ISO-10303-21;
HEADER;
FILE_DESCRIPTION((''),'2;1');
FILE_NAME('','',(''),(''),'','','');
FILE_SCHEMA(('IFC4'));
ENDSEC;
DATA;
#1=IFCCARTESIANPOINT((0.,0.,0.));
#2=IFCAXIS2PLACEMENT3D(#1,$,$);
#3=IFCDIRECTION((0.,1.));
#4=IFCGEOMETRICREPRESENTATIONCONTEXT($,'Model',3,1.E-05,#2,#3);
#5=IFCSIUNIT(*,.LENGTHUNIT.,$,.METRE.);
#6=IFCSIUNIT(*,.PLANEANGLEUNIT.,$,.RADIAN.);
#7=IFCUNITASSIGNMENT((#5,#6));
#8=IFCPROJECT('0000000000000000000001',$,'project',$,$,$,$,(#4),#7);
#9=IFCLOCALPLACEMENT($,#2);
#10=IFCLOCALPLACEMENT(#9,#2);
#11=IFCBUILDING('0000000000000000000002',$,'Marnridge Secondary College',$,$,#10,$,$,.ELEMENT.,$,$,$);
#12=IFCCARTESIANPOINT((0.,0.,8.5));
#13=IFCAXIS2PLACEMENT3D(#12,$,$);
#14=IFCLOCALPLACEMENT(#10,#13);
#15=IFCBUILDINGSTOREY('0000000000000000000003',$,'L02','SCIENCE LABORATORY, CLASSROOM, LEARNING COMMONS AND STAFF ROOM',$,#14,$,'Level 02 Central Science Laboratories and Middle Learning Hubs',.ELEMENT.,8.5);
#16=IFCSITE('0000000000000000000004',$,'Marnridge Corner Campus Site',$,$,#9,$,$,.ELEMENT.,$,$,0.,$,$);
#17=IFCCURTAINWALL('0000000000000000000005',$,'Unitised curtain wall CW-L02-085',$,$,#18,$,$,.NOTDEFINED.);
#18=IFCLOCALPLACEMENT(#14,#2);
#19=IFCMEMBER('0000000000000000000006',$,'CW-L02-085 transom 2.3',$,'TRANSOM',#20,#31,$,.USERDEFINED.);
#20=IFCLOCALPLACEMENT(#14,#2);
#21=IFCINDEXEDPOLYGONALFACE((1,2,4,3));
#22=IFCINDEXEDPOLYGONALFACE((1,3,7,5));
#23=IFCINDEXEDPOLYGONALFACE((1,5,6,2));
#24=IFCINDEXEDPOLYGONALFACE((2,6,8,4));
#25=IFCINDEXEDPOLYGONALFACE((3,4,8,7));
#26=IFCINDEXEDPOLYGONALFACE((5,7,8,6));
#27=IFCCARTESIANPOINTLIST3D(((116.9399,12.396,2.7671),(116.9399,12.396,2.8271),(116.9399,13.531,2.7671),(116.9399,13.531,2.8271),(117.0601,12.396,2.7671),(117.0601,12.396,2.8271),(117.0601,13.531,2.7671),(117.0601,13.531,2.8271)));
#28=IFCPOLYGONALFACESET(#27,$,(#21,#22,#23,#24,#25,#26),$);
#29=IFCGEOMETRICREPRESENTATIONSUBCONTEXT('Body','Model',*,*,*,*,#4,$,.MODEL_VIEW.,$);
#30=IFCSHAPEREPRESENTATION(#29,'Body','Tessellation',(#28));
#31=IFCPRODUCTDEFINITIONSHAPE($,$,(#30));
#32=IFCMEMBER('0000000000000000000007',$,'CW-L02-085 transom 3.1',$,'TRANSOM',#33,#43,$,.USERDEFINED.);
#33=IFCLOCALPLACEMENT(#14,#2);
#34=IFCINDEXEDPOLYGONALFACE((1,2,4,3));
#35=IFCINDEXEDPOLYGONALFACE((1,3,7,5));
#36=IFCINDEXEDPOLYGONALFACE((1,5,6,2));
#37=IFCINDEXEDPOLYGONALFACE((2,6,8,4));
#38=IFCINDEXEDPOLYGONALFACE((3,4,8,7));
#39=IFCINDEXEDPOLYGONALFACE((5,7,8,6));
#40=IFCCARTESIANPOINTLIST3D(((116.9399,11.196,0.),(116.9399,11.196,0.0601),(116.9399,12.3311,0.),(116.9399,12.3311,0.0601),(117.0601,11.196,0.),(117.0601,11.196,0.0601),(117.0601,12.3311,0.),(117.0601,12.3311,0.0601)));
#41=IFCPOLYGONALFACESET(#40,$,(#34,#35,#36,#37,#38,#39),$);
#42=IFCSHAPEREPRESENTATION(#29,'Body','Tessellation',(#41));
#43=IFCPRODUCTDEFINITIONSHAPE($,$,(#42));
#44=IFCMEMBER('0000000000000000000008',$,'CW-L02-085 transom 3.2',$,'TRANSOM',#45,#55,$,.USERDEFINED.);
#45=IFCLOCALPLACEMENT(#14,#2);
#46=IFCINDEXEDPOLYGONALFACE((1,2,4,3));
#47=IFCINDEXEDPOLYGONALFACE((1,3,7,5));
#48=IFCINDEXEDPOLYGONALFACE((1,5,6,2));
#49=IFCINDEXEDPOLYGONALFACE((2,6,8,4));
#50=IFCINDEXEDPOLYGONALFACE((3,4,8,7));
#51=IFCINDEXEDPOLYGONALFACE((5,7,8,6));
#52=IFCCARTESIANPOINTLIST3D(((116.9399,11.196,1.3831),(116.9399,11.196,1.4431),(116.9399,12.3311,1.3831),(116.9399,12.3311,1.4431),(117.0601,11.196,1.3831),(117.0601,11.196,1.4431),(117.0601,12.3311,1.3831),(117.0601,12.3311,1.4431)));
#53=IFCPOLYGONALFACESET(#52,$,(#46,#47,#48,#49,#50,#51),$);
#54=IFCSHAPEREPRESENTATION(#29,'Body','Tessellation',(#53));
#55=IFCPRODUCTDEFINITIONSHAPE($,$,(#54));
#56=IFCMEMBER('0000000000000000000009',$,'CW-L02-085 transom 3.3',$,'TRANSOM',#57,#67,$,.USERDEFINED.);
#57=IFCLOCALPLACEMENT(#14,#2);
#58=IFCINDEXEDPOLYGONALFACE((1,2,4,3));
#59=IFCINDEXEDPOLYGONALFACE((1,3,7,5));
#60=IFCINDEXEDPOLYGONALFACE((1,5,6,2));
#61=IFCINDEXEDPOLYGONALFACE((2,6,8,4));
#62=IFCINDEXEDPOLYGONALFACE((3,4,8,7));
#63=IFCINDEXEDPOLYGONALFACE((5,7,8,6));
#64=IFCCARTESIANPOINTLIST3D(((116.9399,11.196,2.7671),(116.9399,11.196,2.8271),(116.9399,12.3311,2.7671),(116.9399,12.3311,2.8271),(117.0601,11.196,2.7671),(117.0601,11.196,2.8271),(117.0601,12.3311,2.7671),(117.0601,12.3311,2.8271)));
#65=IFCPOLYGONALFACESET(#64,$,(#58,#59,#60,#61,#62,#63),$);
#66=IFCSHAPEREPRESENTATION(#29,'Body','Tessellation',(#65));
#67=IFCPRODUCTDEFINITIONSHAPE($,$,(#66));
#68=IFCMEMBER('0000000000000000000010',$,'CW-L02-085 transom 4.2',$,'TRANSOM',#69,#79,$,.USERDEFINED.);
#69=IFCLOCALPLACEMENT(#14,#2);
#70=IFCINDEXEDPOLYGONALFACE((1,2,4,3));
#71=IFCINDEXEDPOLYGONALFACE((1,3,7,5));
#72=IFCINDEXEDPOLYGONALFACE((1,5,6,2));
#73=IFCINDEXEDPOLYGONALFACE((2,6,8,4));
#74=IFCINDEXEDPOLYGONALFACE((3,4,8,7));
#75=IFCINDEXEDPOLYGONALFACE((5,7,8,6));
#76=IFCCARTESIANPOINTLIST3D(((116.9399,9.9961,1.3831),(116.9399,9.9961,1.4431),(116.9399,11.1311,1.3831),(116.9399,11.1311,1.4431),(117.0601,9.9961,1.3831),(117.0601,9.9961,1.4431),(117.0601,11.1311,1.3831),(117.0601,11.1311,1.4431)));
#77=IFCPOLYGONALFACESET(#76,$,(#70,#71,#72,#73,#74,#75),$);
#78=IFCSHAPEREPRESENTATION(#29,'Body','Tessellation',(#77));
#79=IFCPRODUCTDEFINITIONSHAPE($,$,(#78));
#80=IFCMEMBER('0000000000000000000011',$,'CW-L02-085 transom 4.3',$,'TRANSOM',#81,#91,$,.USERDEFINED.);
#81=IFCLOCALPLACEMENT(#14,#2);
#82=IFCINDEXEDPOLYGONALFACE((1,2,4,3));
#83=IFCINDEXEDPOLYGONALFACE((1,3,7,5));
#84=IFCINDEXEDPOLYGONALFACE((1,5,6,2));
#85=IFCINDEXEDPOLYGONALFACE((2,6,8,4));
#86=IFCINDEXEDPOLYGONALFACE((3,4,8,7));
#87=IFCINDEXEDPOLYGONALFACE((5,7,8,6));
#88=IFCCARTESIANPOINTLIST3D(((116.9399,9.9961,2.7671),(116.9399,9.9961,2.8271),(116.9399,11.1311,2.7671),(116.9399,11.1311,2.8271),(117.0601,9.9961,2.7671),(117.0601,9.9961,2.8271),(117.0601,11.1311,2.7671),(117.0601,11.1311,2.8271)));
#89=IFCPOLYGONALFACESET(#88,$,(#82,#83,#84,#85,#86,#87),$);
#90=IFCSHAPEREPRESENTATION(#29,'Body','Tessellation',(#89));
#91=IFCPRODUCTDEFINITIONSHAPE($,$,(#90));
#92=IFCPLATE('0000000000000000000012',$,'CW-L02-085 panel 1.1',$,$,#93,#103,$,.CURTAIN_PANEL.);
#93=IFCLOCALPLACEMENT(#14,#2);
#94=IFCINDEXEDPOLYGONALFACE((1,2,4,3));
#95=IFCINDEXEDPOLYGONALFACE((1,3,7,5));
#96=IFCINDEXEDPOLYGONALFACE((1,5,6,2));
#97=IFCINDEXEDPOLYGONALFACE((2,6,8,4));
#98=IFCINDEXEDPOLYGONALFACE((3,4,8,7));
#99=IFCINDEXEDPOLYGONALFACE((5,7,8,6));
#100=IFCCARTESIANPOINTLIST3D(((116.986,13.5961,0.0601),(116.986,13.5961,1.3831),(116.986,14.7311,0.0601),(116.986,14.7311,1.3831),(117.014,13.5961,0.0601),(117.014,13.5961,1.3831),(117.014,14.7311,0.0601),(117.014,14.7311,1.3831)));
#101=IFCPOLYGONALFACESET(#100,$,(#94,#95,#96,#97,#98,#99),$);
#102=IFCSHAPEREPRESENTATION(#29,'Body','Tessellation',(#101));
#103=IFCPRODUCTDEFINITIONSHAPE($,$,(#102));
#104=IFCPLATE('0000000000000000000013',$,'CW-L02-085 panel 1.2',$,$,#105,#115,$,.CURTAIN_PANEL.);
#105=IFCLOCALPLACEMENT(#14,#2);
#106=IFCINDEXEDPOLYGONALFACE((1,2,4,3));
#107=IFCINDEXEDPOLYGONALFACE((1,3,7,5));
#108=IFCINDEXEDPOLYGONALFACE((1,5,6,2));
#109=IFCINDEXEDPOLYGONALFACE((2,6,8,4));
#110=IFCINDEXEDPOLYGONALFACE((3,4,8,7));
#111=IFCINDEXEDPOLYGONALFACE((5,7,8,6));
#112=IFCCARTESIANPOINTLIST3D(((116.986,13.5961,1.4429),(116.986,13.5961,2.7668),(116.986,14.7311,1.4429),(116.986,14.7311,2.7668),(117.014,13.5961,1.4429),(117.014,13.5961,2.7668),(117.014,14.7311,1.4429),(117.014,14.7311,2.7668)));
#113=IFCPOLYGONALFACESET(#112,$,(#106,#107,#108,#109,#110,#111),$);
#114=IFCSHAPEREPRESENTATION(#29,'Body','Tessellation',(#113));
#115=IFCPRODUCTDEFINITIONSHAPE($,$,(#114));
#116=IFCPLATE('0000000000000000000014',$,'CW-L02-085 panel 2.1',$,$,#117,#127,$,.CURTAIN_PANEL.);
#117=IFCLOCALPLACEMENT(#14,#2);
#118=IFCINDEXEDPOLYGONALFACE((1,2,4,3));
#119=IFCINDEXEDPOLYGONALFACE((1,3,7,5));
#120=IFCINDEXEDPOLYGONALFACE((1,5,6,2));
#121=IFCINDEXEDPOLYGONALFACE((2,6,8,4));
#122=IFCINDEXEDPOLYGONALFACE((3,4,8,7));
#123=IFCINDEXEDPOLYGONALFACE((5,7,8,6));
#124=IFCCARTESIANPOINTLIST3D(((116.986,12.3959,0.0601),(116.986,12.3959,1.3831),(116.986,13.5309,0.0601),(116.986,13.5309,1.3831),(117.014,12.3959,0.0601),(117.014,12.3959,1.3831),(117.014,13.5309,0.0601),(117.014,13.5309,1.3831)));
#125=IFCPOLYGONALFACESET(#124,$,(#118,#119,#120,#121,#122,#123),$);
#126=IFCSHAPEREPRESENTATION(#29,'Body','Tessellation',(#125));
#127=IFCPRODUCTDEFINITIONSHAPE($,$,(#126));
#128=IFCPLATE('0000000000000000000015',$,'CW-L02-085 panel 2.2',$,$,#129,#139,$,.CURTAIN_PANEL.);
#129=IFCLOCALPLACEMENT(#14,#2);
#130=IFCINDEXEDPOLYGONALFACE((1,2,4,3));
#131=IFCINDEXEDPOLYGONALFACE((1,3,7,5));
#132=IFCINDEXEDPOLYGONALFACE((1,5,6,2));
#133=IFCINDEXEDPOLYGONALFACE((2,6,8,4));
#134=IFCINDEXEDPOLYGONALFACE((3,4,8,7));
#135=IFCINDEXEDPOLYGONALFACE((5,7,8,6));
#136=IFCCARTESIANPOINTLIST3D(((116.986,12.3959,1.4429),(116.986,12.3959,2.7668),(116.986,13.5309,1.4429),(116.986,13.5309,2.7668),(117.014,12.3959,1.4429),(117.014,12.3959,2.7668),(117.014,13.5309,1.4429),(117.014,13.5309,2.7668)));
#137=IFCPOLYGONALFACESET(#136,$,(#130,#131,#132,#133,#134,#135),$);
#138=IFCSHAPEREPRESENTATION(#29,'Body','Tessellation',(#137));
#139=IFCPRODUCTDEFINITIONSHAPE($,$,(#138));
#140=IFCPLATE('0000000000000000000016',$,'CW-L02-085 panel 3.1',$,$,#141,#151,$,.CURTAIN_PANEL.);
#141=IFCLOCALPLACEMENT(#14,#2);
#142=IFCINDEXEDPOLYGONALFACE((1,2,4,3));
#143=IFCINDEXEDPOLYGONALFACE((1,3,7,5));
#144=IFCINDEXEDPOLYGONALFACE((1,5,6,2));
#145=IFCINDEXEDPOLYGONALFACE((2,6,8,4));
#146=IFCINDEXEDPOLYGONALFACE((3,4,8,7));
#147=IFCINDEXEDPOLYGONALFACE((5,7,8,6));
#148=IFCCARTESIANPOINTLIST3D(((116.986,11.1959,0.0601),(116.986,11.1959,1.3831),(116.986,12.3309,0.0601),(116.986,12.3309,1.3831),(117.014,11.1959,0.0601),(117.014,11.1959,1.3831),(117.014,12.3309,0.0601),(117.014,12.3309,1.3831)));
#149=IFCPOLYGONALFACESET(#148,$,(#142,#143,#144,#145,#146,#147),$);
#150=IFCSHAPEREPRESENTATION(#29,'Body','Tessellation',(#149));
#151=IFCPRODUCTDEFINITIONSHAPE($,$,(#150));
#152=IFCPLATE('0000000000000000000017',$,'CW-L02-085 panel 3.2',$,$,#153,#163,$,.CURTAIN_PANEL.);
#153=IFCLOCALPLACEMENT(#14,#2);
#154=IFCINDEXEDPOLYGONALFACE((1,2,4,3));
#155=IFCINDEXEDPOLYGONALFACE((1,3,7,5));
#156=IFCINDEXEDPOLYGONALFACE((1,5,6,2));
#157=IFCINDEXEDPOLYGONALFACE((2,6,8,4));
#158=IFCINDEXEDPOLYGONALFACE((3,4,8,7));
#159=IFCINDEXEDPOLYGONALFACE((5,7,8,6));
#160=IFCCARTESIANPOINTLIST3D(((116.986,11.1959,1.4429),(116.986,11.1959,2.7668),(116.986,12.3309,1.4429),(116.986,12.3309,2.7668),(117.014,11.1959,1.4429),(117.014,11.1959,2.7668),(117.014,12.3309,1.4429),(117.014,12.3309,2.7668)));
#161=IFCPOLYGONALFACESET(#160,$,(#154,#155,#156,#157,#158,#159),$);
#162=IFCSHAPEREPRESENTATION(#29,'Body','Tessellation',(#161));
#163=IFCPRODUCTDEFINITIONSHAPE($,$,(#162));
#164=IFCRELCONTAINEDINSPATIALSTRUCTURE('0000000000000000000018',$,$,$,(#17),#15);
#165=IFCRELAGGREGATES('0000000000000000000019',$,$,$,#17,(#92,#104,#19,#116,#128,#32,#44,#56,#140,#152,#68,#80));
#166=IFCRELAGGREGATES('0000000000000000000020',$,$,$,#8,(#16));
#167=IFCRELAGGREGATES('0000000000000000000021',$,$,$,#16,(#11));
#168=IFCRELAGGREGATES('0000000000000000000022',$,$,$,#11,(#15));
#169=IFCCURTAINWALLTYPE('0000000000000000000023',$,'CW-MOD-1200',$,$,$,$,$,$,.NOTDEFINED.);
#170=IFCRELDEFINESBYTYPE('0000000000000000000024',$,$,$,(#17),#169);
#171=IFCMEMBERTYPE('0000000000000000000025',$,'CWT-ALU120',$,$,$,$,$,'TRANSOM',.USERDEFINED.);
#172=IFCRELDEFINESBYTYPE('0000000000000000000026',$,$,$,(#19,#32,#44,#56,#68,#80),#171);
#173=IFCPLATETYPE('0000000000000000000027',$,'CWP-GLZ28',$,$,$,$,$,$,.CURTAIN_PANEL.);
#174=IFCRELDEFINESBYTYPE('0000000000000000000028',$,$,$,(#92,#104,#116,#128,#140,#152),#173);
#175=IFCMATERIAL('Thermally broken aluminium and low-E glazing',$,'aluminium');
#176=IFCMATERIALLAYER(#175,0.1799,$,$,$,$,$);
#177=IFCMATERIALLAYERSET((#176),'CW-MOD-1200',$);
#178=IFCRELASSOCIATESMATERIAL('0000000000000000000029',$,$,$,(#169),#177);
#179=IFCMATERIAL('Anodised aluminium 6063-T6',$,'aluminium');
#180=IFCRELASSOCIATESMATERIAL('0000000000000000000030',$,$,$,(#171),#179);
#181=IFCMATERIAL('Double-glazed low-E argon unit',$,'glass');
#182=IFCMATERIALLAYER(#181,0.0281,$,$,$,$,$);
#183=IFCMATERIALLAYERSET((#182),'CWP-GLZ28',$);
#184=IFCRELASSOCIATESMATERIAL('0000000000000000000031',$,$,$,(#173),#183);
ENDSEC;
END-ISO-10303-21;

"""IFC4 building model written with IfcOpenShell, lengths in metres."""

from ifc_helpers import new_model, si_unit, direction, frame, origin, origin_2d, place, context, subcontext, project, spatial, rectangle, extrude, material, layer, layer_set, material_profile, profile_set, type_object, element, aggregate, save


model = new_model("IFC4")

# Units and contexts
model_context = context("Model", 3, precision=1e-05, world=origin(), true_north=direction((0.0, 1.0)))
body_context = subcontext(model_context, "Body", "Model", "MODEL_VIEW")
ifc_project = project(units=[si_unit("LENGTHUNIT", "METRE"), si_unit("PLANEANGLEUNIT", "RADIAN")], contexts=[model_context])

# Site, building, storey
site_placement = place(None, origin())
site = spatial("IfcSite", under=ifc_project, at=site_placement, Name="Marnridge Corner Campus Site", CompositionType="ELEMENT", RefElevation=0.0)
building_placement = place(site_placement, origin())
building = spatial("IfcBuilding", under=site, at=building_placement, Name="Marnridge Secondary College", CompositionType="ELEMENT")
storey_placement = place(building_placement, frame((0.0, 0.0, 8.5)))
storey = spatial("IfcBuildingStorey", under=building, at=storey_placement, Name="L02", Description="SCIENCE LABORATORY, CLASSROOM, LEARNING COMMONS AND STAFF ROOM", LongName="Level 02 Central Science Laboratories and Middle Learning Hubs", CompositionType="ELEMENT", Elevation=8.5)

# Curtain wall, members, plates
ifc_material_1 = material(Name="Thermally broken aluminium and low-E glazing", Category="aluminium")
ifc_layer_1 = layer(ifc_material_1, 0.1799)
ifc_layer_set_1 = layer_set([ifc_layer_1], Name="CW-MOD-1200")
curtain_wall_type = type_object("IfcCurtainWallType", Name="CW-MOD-1200", PredefinedType="NOTDEFINED", material=ifc_layer_set_1)
curtain_wall_placement = place(storey_placement, origin())
curtain_wall = element("IfcCurtainWall", 1, at=curtain_wall_placement, inside=storey, type_object=curtain_wall_type, Name="Unitised curtain wall CW-L02-085", PredefinedType="NOTDEFINED")
ifc_material_2 = material(Name="Anodised aluminium 6063-T6", Category="aluminium")
ifc_material_profile_1 = material_profile(ifc_material_2, rectangle(XDim=0.0601, YDim=0.1201, at=origin_2d()), Name="ALU 60x120")
ifc_profile_set_1 = profile_set([ifc_material_profile_1], Name="Anodised aluminium 6063-T6")
member_type_1 = type_object("IfcMemberType", Name="CWT-ALU120", ElementType="TRANSOM", PredefinedType="USERDEFINED", material=ifc_profile_set_1)
member_1_placement = place(storey_placement, frame((117.0, 13.531, 2.7971), z_axis=(0.0, -1.0, 0.0), x_axis=(0.0, 0.0, 1.0)))
member_1 = element("IfcMember", 2, at=member_1_placement, type_object=member_type_1, Name="CW-L02-085 transom 2.3", ObjectType="TRANSOM", PredefinedType="USERDEFINED", context=body_context, shape_type="SweptSolid", body=[
    extrude(rectangle(XDim=0.0601, YDim=0.1201, at=origin_2d()), origin(), (0.0, 0.0, 1.0), 1.135),
])
member_2_placement = place(storey_placement, frame((117.0, 12.3311, 0.03), z_axis=(0.0, -1.0, 0.0), x_axis=(0.0, 0.0, 1.0)))
member_2 = element("IfcMember", 3, at=member_2_placement, type_object=member_type_1, Name="CW-L02-085 transom 3.1", ObjectType="TRANSOM", PredefinedType="USERDEFINED", context=body_context, shape_type="SweptSolid", body=[
    extrude(rectangle(XDim=0.0601, YDim=0.1201, at=origin_2d()), origin(), (0.0, 0.0, 1.0), 1.135),
])
member_3_placement = place(storey_placement, frame((117.0, 12.3311, 1.4131), z_axis=(0.0, -1.0, 0.0), x_axis=(0.0, 0.0, 1.0)))
member_3 = element("IfcMember", 4, at=member_3_placement, type_object=member_type_1, Name="CW-L02-085 transom 3.2", ObjectType="TRANSOM", PredefinedType="USERDEFINED", context=body_context, shape_type="SweptSolid", body=[
    extrude(rectangle(XDim=0.0601, YDim=0.1201, at=origin_2d()), origin(), (0.0, 0.0, 1.0), 1.135),
])
member_4_placement = place(storey_placement, frame((117.0, 12.3311, 2.7971), z_axis=(0.0, -1.0, 0.0), x_axis=(0.0, 0.0, 1.0)))
member_4 = element("IfcMember", 5, at=member_4_placement, type_object=member_type_1, Name="CW-L02-085 transom 3.3", ObjectType="TRANSOM", PredefinedType="USERDEFINED", context=body_context, shape_type="SweptSolid", body=[
    extrude(rectangle(XDim=0.0601, YDim=0.1201, at=origin_2d()), origin(), (0.0, 0.0, 1.0), 1.135),
])
member_5_placement = place(storey_placement, frame((117.0, 11.1311, 1.4131), z_axis=(0.0, -1.0, 0.0), x_axis=(0.0, 0.0, 1.0)))
member_5 = element("IfcMember", 6, at=member_5_placement, type_object=member_type_1, Name="CW-L02-085 transom 4.2", ObjectType="TRANSOM", PredefinedType="USERDEFINED", context=body_context, shape_type="SweptSolid", body=[
    extrude(rectangle(XDim=0.0601, YDim=0.1201, at=origin_2d()), origin(), (0.0, 0.0, 1.0), 1.135),
])
member_6_placement = place(storey_placement, frame((117.0, 11.1311, 2.7971), z_axis=(0.0, -1.0, 0.0), x_axis=(0.0, 0.0, 1.0)))
member_6 = element("IfcMember", 7, at=member_6_placement, type_object=member_type_1, Name="CW-L02-085 transom 4.3", ObjectType="TRANSOM", PredefinedType="USERDEFINED", context=body_context, shape_type="SweptSolid", body=[
    extrude(rectangle(XDim=0.0601, YDim=0.1201, at=origin_2d()), origin(), (0.0, 0.0, 1.0), 1.135),
])
ifc_material_3 = material(Name="Double-glazed low-E argon unit", Category="glass")
ifc_layer_2 = layer(ifc_material_3, 0.0281)
ifc_layer_set_2 = layer_set([ifc_layer_2], Name="CWP-GLZ28")
plate_type = type_object("IfcPlateType", Name="CWP-GLZ28", PredefinedType="CURTAIN_PANEL", material=ifc_layer_set_2)
plate_1_placement = place(storey_placement, frame((117.0, 14.1636, 0.0601), z_axis=(0.0, 0.0, 1.0), x_axis=(0.0, -1.0, 0.0)))
plate_1 = element("IfcPlate", 8, at=plate_1_placement, type_object=plate_type, Name="CW-L02-085 panel 1.1", PredefinedType="CURTAIN_PANEL", context=body_context, shape_type="SweptSolid", body=[
    extrude(rectangle(XDim=1.135, YDim=0.0281, at=origin_2d()), origin(), (0.0, 0.0, 1.0), 1.323),
])
plate_2_placement = place(storey_placement, frame((117.0, 14.1636, 1.4429), z_axis=(0.0, 0.0, 1.0), x_axis=(0.0, -1.0, 0.0)))
plate_2 = element("IfcPlate", 9, at=plate_2_placement, type_object=plate_type, Name="CW-L02-085 panel 1.2", PredefinedType="CURTAIN_PANEL", context=body_context, shape_type="SweptSolid", body=[
    extrude(rectangle(XDim=1.135, YDim=0.0281, at=origin_2d()), origin(), (0.0, 0.0, 1.0), 1.324),
])
plate_3_placement = place(storey_placement, frame((117.0, 12.9634, 0.0601), z_axis=(0.0, 0.0, 1.0), x_axis=(0.0, -1.0, 0.0)))
plate_3 = element("IfcPlate", 10, at=plate_3_placement, type_object=plate_type, Name="CW-L02-085 panel 2.1", PredefinedType="CURTAIN_PANEL", context=body_context, shape_type="SweptSolid", body=[
    extrude(rectangle(XDim=1.135, YDim=0.0281, at=origin_2d()), origin(), (0.0, 0.0, 1.0), 1.323),
])
plate_4_placement = place(storey_placement, frame((117.0, 12.9634, 1.4429), z_axis=(0.0, 0.0, 1.0), x_axis=(0.0, -1.0, 0.0)))
plate_4 = element("IfcPlate", 11, at=plate_4_placement, type_object=plate_type, Name="CW-L02-085 panel 2.2", PredefinedType="CURTAIN_PANEL", context=body_context, shape_type="SweptSolid", body=[
    extrude(rectangle(XDim=1.135, YDim=0.0281, at=origin_2d()), origin(), (0.0, 0.0, 1.0), 1.324),
])
plate_5_placement = place(storey_placement, frame((117.0, 11.7634, 0.0601), z_axis=(0.0, 0.0, 1.0), x_axis=(0.0, -1.0, 0.0)))
plate_5 = element("IfcPlate", 12, at=plate_5_placement, type_object=plate_type, Name="CW-L02-085 panel 3.1", PredefinedType="CURTAIN_PANEL", context=body_context, shape_type="SweptSolid", body=[
    extrude(rectangle(XDim=1.135, YDim=0.0281, at=origin_2d()), origin(), (0.0, 0.0, 1.0), 1.323),
])
plate_6_placement = place(storey_placement, frame((117.0, 11.7634, 1.4429), z_axis=(0.0, 0.0, 1.0), x_axis=(0.0, -1.0, 0.0)))
plate_6 = element("IfcPlate", 13, at=plate_6_placement, type_object=plate_type, Name="CW-L02-085 panel 3.2", PredefinedType="CURTAIN_PANEL", context=body_context, shape_type="SweptSolid", body=[
    extrude(rectangle(XDim=1.135, YDim=0.0281, at=origin_2d()), origin(), (0.0, 0.0, 1.0), 1.324),
])
aggregate(curtain_wall, [plate_1, plate_2, member_1, plate_3, plate_4, member_2, member_3, member_4, plate_5, plate_6, member_5, member_6])

save(model, "model.ifc")
